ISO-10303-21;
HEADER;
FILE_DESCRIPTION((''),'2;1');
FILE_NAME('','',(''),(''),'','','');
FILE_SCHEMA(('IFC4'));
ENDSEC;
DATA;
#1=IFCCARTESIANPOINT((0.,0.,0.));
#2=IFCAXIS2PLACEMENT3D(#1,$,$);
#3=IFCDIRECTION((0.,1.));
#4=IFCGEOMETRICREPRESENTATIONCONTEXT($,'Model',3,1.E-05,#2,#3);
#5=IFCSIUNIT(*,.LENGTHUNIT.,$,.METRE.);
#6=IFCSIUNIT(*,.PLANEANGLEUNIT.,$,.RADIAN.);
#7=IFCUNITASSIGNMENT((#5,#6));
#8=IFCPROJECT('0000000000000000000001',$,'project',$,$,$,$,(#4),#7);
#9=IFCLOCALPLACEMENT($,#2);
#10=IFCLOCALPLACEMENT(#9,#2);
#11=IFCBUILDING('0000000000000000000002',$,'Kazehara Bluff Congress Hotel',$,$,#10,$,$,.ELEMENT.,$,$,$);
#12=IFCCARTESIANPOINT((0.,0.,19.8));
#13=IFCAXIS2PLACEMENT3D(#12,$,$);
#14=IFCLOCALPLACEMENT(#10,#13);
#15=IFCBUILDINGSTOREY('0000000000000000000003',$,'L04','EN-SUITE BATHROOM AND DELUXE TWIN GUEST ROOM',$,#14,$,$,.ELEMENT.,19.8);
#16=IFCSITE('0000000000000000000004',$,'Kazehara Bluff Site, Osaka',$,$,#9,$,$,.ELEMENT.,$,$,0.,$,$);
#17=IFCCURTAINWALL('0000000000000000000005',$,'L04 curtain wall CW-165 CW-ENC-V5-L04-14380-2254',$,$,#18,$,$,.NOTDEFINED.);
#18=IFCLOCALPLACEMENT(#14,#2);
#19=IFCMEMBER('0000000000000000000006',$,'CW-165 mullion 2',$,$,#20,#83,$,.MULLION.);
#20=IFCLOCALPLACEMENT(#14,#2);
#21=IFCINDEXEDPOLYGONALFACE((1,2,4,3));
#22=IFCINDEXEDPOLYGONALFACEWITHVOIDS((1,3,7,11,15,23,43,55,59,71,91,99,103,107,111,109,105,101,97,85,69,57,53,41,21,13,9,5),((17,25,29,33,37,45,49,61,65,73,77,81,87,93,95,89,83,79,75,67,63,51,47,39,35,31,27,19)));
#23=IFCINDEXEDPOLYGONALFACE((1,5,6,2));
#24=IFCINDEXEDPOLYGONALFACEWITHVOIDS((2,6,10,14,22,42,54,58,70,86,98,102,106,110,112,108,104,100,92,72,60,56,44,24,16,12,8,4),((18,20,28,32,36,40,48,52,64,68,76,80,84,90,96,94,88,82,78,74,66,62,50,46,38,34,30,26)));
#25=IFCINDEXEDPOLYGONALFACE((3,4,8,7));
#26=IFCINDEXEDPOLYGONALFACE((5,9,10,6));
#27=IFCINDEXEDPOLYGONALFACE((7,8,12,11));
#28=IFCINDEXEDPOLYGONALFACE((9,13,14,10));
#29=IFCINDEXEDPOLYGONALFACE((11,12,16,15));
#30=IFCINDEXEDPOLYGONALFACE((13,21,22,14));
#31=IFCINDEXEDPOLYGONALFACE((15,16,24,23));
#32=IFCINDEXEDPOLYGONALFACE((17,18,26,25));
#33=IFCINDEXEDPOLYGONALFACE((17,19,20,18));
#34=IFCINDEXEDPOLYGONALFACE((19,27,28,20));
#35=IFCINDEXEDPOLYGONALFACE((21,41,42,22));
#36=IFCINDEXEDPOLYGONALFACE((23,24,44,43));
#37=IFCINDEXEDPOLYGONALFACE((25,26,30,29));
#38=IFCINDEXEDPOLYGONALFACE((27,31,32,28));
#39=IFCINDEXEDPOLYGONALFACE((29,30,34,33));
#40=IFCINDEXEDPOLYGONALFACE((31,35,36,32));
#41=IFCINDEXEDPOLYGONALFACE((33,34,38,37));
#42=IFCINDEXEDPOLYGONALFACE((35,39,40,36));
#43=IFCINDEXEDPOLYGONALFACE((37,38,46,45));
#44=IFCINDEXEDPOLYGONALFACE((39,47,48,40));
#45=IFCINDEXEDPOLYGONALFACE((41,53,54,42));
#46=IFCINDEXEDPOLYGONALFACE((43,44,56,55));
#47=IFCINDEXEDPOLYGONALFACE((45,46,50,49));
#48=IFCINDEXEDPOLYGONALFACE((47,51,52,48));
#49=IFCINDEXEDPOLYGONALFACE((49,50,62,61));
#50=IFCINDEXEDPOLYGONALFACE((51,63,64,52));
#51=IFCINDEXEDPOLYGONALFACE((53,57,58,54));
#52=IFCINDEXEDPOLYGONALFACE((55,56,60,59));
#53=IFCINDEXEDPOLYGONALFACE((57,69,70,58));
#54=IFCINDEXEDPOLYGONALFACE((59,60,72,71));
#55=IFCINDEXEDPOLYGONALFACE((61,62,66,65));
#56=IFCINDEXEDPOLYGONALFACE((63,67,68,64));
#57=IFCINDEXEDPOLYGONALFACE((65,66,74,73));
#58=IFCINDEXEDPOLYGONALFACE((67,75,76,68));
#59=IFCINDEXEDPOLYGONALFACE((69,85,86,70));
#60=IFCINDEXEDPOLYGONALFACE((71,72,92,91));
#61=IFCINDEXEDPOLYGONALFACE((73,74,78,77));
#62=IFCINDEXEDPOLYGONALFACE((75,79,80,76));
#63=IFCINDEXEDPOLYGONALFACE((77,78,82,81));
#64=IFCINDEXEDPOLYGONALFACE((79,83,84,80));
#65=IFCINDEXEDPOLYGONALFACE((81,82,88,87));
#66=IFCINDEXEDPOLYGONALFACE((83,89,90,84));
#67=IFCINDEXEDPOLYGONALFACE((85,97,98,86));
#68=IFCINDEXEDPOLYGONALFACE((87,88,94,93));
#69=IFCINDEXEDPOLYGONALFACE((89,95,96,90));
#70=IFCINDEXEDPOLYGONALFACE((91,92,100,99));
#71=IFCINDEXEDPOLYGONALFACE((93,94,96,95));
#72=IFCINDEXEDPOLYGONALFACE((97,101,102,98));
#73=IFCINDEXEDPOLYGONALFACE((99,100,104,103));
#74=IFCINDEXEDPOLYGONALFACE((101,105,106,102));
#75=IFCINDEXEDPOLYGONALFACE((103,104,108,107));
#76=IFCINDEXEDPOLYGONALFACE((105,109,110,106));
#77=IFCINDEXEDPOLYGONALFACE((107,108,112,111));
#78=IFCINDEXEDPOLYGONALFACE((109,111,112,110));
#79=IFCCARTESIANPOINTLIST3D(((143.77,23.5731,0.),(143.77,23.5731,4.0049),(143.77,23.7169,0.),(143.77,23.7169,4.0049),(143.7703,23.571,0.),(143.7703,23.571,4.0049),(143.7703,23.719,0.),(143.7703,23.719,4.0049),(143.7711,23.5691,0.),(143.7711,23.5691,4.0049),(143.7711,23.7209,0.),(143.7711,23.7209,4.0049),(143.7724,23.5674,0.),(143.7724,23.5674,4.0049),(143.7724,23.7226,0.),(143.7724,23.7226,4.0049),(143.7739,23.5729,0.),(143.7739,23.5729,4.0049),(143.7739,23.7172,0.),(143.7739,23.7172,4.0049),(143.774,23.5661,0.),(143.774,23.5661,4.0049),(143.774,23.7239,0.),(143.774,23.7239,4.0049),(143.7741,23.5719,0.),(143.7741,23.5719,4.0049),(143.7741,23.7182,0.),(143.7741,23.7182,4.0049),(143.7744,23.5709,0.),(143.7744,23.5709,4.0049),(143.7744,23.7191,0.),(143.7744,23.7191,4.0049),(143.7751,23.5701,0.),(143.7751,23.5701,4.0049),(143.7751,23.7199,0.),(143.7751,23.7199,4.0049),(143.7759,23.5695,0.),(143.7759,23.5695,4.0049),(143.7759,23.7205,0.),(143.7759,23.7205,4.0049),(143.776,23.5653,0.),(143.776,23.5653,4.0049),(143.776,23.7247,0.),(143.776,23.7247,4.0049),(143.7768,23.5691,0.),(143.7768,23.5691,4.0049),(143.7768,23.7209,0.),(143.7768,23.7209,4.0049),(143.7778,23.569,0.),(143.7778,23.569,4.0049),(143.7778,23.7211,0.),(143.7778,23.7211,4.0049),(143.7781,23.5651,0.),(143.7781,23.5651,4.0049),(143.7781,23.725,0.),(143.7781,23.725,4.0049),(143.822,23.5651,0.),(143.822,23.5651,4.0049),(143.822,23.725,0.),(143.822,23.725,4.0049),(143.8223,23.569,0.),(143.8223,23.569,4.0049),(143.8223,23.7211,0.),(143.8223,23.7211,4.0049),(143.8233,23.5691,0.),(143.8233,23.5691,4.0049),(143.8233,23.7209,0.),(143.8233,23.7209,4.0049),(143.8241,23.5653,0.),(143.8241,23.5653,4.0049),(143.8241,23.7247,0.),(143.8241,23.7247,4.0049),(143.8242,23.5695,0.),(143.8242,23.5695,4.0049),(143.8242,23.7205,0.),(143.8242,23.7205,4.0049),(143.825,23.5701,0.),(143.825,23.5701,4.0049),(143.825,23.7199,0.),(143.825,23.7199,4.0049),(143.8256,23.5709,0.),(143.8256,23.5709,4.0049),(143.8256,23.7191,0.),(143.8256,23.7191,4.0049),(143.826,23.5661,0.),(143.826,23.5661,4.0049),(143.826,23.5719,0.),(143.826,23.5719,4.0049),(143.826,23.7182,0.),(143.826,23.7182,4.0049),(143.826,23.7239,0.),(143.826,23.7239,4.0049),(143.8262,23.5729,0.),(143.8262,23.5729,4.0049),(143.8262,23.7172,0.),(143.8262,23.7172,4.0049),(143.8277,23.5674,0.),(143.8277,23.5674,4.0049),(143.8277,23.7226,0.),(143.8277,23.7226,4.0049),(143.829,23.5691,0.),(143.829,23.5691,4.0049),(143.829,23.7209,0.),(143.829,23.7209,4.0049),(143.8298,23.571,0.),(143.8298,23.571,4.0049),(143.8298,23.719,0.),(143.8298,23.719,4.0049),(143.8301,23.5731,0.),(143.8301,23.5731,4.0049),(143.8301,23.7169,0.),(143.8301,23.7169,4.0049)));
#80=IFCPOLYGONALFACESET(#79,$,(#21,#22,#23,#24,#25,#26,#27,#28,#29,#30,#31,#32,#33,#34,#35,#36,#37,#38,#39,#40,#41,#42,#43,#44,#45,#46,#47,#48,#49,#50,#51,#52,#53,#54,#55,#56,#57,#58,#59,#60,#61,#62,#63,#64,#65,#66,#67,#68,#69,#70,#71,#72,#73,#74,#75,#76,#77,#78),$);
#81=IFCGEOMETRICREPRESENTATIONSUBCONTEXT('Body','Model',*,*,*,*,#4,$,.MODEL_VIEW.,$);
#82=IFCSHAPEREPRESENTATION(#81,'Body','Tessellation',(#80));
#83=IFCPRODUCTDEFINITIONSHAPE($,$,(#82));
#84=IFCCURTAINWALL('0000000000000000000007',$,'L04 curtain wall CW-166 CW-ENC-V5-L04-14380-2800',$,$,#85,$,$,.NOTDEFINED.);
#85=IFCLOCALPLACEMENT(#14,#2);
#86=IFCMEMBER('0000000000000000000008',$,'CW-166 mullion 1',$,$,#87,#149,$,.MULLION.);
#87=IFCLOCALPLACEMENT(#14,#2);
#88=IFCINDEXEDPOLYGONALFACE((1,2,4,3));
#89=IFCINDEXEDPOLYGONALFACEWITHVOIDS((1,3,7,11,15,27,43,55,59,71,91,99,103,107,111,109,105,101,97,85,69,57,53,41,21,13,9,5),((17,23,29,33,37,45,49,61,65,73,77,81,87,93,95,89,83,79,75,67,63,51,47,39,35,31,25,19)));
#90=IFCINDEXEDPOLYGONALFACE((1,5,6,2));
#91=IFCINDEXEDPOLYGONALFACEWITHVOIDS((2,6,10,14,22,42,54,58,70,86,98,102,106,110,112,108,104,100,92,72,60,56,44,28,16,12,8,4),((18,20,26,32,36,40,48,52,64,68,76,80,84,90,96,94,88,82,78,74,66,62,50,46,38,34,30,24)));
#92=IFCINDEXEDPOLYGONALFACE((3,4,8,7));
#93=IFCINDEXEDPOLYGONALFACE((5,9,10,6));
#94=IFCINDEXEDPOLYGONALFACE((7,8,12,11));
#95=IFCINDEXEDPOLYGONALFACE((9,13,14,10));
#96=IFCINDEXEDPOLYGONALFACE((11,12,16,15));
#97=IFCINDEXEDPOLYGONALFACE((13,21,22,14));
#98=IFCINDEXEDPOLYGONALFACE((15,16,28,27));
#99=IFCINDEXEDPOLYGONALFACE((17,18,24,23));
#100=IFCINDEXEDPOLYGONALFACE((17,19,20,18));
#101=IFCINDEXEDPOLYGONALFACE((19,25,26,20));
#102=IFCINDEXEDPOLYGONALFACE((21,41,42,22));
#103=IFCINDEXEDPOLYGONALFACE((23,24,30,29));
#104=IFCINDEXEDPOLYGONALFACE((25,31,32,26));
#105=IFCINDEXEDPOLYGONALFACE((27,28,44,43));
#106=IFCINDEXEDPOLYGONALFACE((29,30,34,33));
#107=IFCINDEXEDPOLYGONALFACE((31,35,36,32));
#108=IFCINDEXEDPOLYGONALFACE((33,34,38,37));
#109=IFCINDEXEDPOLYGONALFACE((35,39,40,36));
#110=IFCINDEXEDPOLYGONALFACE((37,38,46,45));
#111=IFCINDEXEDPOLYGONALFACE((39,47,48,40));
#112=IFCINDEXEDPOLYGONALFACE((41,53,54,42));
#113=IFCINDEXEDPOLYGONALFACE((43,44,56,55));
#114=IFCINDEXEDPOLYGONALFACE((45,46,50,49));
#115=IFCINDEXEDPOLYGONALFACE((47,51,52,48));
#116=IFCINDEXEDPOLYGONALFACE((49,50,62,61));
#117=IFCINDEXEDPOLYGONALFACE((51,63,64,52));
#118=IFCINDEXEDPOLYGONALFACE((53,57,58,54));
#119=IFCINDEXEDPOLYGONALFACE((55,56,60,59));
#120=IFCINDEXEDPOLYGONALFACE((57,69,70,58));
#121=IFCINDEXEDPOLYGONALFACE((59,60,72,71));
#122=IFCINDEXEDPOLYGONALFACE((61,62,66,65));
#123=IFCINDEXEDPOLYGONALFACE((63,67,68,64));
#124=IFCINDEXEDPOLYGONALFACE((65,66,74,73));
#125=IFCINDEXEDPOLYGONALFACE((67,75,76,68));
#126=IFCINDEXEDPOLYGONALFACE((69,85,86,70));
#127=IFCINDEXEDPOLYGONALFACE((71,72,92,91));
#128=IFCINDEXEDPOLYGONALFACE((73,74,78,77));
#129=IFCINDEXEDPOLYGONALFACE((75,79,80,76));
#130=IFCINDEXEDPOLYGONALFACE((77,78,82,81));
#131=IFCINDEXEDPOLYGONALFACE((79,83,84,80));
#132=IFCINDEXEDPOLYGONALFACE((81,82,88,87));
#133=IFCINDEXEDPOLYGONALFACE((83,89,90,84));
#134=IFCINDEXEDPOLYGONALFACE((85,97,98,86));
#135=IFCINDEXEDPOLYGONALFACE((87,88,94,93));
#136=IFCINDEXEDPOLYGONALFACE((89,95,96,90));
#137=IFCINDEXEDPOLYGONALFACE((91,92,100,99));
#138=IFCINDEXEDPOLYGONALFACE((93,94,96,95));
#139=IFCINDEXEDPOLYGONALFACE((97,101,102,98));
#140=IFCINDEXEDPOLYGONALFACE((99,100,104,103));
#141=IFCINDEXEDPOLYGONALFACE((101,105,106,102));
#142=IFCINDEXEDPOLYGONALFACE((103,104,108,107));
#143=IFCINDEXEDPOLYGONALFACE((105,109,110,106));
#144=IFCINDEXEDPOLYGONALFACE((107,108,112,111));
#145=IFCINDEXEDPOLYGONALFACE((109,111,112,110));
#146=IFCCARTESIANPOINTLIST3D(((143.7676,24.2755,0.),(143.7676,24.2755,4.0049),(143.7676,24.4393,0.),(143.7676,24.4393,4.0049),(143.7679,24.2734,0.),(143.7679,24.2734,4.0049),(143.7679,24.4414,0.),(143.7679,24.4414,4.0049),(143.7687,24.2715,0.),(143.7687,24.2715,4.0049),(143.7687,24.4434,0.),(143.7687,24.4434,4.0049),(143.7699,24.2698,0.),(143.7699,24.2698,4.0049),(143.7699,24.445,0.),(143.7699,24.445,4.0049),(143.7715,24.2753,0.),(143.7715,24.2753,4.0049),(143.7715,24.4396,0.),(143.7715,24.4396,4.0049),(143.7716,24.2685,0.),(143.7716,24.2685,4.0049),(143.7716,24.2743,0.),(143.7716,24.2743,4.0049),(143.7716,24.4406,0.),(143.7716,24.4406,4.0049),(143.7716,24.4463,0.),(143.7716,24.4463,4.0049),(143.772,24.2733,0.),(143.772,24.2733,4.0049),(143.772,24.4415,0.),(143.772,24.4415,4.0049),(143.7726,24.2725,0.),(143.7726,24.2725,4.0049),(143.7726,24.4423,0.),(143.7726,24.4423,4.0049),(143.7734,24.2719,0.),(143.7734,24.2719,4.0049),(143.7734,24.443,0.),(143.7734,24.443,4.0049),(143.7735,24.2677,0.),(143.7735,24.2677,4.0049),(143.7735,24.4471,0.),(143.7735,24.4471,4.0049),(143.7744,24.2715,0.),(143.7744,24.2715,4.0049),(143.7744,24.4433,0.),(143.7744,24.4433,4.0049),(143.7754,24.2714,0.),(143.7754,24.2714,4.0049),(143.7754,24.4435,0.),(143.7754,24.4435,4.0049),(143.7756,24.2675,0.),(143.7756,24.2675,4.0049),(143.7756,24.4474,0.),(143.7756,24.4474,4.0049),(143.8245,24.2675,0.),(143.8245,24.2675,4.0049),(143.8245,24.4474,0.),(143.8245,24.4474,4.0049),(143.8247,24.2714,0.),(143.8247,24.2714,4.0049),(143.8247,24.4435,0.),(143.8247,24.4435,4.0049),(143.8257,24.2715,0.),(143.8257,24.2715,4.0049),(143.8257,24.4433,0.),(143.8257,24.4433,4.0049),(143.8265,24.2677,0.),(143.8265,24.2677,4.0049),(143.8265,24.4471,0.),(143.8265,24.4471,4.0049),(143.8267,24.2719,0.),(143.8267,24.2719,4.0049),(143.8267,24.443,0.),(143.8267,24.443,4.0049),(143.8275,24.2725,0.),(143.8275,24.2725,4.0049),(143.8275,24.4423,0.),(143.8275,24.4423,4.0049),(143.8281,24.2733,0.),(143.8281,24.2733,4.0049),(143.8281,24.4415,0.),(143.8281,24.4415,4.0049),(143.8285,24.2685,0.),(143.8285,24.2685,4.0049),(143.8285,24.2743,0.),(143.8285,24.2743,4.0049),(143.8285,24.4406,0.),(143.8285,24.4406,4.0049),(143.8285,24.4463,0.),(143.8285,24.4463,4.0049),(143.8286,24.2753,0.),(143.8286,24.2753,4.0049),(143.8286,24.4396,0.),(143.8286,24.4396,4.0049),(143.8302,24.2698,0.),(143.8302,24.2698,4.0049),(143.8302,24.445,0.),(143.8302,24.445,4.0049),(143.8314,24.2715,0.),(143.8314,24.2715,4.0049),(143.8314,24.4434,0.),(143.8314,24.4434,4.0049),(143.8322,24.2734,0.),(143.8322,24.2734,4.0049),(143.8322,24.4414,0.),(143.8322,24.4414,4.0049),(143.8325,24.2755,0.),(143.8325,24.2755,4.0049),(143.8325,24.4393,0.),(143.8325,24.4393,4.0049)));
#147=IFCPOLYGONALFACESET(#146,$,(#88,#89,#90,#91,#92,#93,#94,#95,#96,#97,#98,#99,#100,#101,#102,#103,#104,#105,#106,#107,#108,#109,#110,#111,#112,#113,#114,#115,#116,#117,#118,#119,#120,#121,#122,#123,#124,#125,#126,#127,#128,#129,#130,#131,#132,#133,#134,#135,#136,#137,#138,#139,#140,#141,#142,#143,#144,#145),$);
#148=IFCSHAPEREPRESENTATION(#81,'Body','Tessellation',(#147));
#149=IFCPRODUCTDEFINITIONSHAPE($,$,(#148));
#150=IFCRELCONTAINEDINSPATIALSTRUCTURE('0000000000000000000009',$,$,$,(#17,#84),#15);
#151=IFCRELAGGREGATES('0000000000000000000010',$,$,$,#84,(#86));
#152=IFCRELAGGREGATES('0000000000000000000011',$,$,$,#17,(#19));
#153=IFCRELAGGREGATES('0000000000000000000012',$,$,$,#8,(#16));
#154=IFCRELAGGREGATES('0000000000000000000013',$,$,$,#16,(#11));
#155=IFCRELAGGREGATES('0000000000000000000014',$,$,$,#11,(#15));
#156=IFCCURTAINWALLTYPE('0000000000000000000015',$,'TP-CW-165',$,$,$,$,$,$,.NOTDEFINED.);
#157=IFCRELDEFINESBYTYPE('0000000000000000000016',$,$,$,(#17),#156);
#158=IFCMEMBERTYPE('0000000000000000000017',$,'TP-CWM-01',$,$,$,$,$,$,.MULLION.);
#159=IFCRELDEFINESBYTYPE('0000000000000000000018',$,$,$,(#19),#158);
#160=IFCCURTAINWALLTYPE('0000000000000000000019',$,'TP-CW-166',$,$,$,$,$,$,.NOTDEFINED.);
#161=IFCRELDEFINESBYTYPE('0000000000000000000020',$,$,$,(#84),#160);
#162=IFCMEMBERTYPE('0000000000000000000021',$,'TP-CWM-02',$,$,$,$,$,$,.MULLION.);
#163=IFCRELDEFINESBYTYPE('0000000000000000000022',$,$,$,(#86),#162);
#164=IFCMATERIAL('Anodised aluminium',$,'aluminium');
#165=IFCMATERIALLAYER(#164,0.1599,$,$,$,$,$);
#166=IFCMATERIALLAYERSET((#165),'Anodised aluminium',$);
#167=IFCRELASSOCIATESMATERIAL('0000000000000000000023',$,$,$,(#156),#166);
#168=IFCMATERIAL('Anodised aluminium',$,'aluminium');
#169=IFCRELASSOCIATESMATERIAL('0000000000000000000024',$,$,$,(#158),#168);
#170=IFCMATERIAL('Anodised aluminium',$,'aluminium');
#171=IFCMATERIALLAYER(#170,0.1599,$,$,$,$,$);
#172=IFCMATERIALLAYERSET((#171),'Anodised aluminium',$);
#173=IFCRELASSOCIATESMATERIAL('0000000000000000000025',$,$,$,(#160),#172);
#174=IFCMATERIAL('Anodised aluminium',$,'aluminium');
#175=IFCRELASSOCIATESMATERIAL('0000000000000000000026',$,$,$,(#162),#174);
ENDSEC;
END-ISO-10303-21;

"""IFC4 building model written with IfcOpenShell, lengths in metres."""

from ifc_helpers import new_model, si_unit, direction, frame, origin, origin_2d, place, context, subcontext, project, spatial, hollow_rectangle, extrude, material, layer, layer_set, material_profile, profile_set, type_object, element, aggregate, save


model = new_model("IFC4")

# Units and contexts
model_context = context("Model", 3, precision=1e-05, world=origin(), true_north=direction((0.0, 1.0)))
body_context = subcontext(model_context, "Body", "Model", "MODEL_VIEW")
ifc_project = project(units=[si_unit("LENGTHUNIT", "METRE"), si_unit("PLANEANGLEUNIT", "RADIAN")], contexts=[model_context])

# Site, building, storey
site_placement = place(None, origin())
site = spatial("IfcSite", under=ifc_project, at=site_placement, Name="Kazehara Bluff Site, Osaka", CompositionType="ELEMENT", RefElevation=0.0)
building_placement = place(site_placement, origin())
building = spatial("IfcBuilding", under=site, at=building_placement, Name="Kazehara Bluff Congress Hotel", CompositionType="ELEMENT")
storey_placement = place(building_placement, frame((0.0, 0.0, 19.8)))
storey = spatial("IfcBuildingStorey", under=building, at=storey_placement, Name="L04", Description="EN-SUITE BATHROOM AND DELUXE TWIN GUEST ROOM", CompositionType="ELEMENT", Elevation=19.8)

# Curtain wall, member
ifc_material_1 = material(Name="Anodised aluminium", Category="aluminium")
ifc_layer_1 = layer(ifc_material_1, 0.1599)
ifc_layer_set_1 = layer_set([ifc_layer_1], Name="Anodised aluminium")
curtain_wall_type_1 = type_object("IfcCurtainWallType", Name="TP-CW-165", PredefinedType="NOTDEFINED", material=ifc_layer_set_1)
curtain_wall_1_placement = place(storey_placement, origin())
curtain_wall_1 = element("IfcCurtainWall", 1, at=curtain_wall_1_placement, inside=storey, type_object=curtain_wall_type_1, Name="L04 curtain wall CW-165 CW-ENC-V5-L04-14380-2254", PredefinedType="NOTDEFINED")
ifc_material_2 = material(Name="Anodised aluminium", Category="aluminium")
ifc_material_profile_1 = material_profile(ifc_material_2, hollow_rectangle(XDim=0.0601, YDim=0.1599, WallThickness=0.0039, InnerFilletRadius=0.0039, OuterFilletRadius=0.0081, at=origin_2d()))
ifc_profile_set_1 = profile_set([ifc_material_profile_1], Name="Anodised aluminium")
member_type_1 = type_object("IfcMemberType", Name="TP-CWM-01", PredefinedType="MULLION", material=ifc_profile_set_1)
member_1_placement = place(storey_placement, frame((143.8, 23.645, 0.0), z_axis=(0.0, 0.0, 1.0), x_axis=(-1.0, 0.0, 0.0)))
member_1 = element("IfcMember", 2, at=member_1_placement, type_object=member_type_1, Name="CW-165 mullion 2", PredefinedType="MULLION", context=body_context, shape_type="SweptSolid", body=[
    extrude(hollow_rectangle(XDim=0.0601, YDim=0.1599, WallThickness=0.0039, InnerFilletRadius=0.0039, OuterFilletRadius=0.0081, at=origin_2d()), origin(), (0.0, 0.0, 1.0), 4.0049),
])

# Curtain wall, member
ifc_material_3 = material(Name="Anodised aluminium", Category="aluminium")
ifc_layer_2 = layer(ifc_material_3, 0.1599)
ifc_layer_set_2 = layer_set([ifc_layer_2], Name="Anodised aluminium")
curtain_wall_type_2 = type_object("IfcCurtainWallType", Name="TP-CW-166", PredefinedType="NOTDEFINED", material=ifc_layer_set_2)
curtain_wall_2_placement = place(storey_placement, origin())
curtain_wall_2 = element("IfcCurtainWall", 3, at=curtain_wall_2_placement, inside=storey, type_object=curtain_wall_type_2, Name="L04 curtain wall CW-166 CW-ENC-V5-L04-14380-2800", PredefinedType="NOTDEFINED")
ifc_material_4 = material(Name="Anodised aluminium", Category="aluminium")
ifc_material_profile_2 = material_profile(ifc_material_4, hollow_rectangle(XDim=0.0649, YDim=0.1799, WallThickness=0.0039, InnerFilletRadius=0.0039, OuterFilletRadius=0.0081, at=origin_2d()))
ifc_profile_set_2 = profile_set([ifc_material_profile_2], Name="Anodised aluminium")
member_type_2 = type_object("IfcMemberType", Name="TP-CWM-02", PredefinedType="MULLION", material=ifc_profile_set_2)
member_2_placement = place(storey_placement, frame((143.8, 24.3574, 0.0), z_axis=(0.0, 0.0, 1.0), x_axis=(-1.0, 0.0, 0.0)))
member_2 = element("IfcMember", 4, at=member_2_placement, type_object=member_type_2, Name="CW-166 mullion 1", PredefinedType="MULLION", context=body_context, shape_type="SweptSolid", body=[
    extrude(hollow_rectangle(XDim=0.0649, YDim=0.1799, WallThickness=0.0039, InnerFilletRadius=0.0039, OuterFilletRadius=0.0081, at=origin_2d()), origin(), (0.0, 0.0, 1.0), 4.0049),
])

aggregate(curtain_wall_2, [member_2])

aggregate(curtain_wall_1, [member_1])

save(model, "model.ifc")
